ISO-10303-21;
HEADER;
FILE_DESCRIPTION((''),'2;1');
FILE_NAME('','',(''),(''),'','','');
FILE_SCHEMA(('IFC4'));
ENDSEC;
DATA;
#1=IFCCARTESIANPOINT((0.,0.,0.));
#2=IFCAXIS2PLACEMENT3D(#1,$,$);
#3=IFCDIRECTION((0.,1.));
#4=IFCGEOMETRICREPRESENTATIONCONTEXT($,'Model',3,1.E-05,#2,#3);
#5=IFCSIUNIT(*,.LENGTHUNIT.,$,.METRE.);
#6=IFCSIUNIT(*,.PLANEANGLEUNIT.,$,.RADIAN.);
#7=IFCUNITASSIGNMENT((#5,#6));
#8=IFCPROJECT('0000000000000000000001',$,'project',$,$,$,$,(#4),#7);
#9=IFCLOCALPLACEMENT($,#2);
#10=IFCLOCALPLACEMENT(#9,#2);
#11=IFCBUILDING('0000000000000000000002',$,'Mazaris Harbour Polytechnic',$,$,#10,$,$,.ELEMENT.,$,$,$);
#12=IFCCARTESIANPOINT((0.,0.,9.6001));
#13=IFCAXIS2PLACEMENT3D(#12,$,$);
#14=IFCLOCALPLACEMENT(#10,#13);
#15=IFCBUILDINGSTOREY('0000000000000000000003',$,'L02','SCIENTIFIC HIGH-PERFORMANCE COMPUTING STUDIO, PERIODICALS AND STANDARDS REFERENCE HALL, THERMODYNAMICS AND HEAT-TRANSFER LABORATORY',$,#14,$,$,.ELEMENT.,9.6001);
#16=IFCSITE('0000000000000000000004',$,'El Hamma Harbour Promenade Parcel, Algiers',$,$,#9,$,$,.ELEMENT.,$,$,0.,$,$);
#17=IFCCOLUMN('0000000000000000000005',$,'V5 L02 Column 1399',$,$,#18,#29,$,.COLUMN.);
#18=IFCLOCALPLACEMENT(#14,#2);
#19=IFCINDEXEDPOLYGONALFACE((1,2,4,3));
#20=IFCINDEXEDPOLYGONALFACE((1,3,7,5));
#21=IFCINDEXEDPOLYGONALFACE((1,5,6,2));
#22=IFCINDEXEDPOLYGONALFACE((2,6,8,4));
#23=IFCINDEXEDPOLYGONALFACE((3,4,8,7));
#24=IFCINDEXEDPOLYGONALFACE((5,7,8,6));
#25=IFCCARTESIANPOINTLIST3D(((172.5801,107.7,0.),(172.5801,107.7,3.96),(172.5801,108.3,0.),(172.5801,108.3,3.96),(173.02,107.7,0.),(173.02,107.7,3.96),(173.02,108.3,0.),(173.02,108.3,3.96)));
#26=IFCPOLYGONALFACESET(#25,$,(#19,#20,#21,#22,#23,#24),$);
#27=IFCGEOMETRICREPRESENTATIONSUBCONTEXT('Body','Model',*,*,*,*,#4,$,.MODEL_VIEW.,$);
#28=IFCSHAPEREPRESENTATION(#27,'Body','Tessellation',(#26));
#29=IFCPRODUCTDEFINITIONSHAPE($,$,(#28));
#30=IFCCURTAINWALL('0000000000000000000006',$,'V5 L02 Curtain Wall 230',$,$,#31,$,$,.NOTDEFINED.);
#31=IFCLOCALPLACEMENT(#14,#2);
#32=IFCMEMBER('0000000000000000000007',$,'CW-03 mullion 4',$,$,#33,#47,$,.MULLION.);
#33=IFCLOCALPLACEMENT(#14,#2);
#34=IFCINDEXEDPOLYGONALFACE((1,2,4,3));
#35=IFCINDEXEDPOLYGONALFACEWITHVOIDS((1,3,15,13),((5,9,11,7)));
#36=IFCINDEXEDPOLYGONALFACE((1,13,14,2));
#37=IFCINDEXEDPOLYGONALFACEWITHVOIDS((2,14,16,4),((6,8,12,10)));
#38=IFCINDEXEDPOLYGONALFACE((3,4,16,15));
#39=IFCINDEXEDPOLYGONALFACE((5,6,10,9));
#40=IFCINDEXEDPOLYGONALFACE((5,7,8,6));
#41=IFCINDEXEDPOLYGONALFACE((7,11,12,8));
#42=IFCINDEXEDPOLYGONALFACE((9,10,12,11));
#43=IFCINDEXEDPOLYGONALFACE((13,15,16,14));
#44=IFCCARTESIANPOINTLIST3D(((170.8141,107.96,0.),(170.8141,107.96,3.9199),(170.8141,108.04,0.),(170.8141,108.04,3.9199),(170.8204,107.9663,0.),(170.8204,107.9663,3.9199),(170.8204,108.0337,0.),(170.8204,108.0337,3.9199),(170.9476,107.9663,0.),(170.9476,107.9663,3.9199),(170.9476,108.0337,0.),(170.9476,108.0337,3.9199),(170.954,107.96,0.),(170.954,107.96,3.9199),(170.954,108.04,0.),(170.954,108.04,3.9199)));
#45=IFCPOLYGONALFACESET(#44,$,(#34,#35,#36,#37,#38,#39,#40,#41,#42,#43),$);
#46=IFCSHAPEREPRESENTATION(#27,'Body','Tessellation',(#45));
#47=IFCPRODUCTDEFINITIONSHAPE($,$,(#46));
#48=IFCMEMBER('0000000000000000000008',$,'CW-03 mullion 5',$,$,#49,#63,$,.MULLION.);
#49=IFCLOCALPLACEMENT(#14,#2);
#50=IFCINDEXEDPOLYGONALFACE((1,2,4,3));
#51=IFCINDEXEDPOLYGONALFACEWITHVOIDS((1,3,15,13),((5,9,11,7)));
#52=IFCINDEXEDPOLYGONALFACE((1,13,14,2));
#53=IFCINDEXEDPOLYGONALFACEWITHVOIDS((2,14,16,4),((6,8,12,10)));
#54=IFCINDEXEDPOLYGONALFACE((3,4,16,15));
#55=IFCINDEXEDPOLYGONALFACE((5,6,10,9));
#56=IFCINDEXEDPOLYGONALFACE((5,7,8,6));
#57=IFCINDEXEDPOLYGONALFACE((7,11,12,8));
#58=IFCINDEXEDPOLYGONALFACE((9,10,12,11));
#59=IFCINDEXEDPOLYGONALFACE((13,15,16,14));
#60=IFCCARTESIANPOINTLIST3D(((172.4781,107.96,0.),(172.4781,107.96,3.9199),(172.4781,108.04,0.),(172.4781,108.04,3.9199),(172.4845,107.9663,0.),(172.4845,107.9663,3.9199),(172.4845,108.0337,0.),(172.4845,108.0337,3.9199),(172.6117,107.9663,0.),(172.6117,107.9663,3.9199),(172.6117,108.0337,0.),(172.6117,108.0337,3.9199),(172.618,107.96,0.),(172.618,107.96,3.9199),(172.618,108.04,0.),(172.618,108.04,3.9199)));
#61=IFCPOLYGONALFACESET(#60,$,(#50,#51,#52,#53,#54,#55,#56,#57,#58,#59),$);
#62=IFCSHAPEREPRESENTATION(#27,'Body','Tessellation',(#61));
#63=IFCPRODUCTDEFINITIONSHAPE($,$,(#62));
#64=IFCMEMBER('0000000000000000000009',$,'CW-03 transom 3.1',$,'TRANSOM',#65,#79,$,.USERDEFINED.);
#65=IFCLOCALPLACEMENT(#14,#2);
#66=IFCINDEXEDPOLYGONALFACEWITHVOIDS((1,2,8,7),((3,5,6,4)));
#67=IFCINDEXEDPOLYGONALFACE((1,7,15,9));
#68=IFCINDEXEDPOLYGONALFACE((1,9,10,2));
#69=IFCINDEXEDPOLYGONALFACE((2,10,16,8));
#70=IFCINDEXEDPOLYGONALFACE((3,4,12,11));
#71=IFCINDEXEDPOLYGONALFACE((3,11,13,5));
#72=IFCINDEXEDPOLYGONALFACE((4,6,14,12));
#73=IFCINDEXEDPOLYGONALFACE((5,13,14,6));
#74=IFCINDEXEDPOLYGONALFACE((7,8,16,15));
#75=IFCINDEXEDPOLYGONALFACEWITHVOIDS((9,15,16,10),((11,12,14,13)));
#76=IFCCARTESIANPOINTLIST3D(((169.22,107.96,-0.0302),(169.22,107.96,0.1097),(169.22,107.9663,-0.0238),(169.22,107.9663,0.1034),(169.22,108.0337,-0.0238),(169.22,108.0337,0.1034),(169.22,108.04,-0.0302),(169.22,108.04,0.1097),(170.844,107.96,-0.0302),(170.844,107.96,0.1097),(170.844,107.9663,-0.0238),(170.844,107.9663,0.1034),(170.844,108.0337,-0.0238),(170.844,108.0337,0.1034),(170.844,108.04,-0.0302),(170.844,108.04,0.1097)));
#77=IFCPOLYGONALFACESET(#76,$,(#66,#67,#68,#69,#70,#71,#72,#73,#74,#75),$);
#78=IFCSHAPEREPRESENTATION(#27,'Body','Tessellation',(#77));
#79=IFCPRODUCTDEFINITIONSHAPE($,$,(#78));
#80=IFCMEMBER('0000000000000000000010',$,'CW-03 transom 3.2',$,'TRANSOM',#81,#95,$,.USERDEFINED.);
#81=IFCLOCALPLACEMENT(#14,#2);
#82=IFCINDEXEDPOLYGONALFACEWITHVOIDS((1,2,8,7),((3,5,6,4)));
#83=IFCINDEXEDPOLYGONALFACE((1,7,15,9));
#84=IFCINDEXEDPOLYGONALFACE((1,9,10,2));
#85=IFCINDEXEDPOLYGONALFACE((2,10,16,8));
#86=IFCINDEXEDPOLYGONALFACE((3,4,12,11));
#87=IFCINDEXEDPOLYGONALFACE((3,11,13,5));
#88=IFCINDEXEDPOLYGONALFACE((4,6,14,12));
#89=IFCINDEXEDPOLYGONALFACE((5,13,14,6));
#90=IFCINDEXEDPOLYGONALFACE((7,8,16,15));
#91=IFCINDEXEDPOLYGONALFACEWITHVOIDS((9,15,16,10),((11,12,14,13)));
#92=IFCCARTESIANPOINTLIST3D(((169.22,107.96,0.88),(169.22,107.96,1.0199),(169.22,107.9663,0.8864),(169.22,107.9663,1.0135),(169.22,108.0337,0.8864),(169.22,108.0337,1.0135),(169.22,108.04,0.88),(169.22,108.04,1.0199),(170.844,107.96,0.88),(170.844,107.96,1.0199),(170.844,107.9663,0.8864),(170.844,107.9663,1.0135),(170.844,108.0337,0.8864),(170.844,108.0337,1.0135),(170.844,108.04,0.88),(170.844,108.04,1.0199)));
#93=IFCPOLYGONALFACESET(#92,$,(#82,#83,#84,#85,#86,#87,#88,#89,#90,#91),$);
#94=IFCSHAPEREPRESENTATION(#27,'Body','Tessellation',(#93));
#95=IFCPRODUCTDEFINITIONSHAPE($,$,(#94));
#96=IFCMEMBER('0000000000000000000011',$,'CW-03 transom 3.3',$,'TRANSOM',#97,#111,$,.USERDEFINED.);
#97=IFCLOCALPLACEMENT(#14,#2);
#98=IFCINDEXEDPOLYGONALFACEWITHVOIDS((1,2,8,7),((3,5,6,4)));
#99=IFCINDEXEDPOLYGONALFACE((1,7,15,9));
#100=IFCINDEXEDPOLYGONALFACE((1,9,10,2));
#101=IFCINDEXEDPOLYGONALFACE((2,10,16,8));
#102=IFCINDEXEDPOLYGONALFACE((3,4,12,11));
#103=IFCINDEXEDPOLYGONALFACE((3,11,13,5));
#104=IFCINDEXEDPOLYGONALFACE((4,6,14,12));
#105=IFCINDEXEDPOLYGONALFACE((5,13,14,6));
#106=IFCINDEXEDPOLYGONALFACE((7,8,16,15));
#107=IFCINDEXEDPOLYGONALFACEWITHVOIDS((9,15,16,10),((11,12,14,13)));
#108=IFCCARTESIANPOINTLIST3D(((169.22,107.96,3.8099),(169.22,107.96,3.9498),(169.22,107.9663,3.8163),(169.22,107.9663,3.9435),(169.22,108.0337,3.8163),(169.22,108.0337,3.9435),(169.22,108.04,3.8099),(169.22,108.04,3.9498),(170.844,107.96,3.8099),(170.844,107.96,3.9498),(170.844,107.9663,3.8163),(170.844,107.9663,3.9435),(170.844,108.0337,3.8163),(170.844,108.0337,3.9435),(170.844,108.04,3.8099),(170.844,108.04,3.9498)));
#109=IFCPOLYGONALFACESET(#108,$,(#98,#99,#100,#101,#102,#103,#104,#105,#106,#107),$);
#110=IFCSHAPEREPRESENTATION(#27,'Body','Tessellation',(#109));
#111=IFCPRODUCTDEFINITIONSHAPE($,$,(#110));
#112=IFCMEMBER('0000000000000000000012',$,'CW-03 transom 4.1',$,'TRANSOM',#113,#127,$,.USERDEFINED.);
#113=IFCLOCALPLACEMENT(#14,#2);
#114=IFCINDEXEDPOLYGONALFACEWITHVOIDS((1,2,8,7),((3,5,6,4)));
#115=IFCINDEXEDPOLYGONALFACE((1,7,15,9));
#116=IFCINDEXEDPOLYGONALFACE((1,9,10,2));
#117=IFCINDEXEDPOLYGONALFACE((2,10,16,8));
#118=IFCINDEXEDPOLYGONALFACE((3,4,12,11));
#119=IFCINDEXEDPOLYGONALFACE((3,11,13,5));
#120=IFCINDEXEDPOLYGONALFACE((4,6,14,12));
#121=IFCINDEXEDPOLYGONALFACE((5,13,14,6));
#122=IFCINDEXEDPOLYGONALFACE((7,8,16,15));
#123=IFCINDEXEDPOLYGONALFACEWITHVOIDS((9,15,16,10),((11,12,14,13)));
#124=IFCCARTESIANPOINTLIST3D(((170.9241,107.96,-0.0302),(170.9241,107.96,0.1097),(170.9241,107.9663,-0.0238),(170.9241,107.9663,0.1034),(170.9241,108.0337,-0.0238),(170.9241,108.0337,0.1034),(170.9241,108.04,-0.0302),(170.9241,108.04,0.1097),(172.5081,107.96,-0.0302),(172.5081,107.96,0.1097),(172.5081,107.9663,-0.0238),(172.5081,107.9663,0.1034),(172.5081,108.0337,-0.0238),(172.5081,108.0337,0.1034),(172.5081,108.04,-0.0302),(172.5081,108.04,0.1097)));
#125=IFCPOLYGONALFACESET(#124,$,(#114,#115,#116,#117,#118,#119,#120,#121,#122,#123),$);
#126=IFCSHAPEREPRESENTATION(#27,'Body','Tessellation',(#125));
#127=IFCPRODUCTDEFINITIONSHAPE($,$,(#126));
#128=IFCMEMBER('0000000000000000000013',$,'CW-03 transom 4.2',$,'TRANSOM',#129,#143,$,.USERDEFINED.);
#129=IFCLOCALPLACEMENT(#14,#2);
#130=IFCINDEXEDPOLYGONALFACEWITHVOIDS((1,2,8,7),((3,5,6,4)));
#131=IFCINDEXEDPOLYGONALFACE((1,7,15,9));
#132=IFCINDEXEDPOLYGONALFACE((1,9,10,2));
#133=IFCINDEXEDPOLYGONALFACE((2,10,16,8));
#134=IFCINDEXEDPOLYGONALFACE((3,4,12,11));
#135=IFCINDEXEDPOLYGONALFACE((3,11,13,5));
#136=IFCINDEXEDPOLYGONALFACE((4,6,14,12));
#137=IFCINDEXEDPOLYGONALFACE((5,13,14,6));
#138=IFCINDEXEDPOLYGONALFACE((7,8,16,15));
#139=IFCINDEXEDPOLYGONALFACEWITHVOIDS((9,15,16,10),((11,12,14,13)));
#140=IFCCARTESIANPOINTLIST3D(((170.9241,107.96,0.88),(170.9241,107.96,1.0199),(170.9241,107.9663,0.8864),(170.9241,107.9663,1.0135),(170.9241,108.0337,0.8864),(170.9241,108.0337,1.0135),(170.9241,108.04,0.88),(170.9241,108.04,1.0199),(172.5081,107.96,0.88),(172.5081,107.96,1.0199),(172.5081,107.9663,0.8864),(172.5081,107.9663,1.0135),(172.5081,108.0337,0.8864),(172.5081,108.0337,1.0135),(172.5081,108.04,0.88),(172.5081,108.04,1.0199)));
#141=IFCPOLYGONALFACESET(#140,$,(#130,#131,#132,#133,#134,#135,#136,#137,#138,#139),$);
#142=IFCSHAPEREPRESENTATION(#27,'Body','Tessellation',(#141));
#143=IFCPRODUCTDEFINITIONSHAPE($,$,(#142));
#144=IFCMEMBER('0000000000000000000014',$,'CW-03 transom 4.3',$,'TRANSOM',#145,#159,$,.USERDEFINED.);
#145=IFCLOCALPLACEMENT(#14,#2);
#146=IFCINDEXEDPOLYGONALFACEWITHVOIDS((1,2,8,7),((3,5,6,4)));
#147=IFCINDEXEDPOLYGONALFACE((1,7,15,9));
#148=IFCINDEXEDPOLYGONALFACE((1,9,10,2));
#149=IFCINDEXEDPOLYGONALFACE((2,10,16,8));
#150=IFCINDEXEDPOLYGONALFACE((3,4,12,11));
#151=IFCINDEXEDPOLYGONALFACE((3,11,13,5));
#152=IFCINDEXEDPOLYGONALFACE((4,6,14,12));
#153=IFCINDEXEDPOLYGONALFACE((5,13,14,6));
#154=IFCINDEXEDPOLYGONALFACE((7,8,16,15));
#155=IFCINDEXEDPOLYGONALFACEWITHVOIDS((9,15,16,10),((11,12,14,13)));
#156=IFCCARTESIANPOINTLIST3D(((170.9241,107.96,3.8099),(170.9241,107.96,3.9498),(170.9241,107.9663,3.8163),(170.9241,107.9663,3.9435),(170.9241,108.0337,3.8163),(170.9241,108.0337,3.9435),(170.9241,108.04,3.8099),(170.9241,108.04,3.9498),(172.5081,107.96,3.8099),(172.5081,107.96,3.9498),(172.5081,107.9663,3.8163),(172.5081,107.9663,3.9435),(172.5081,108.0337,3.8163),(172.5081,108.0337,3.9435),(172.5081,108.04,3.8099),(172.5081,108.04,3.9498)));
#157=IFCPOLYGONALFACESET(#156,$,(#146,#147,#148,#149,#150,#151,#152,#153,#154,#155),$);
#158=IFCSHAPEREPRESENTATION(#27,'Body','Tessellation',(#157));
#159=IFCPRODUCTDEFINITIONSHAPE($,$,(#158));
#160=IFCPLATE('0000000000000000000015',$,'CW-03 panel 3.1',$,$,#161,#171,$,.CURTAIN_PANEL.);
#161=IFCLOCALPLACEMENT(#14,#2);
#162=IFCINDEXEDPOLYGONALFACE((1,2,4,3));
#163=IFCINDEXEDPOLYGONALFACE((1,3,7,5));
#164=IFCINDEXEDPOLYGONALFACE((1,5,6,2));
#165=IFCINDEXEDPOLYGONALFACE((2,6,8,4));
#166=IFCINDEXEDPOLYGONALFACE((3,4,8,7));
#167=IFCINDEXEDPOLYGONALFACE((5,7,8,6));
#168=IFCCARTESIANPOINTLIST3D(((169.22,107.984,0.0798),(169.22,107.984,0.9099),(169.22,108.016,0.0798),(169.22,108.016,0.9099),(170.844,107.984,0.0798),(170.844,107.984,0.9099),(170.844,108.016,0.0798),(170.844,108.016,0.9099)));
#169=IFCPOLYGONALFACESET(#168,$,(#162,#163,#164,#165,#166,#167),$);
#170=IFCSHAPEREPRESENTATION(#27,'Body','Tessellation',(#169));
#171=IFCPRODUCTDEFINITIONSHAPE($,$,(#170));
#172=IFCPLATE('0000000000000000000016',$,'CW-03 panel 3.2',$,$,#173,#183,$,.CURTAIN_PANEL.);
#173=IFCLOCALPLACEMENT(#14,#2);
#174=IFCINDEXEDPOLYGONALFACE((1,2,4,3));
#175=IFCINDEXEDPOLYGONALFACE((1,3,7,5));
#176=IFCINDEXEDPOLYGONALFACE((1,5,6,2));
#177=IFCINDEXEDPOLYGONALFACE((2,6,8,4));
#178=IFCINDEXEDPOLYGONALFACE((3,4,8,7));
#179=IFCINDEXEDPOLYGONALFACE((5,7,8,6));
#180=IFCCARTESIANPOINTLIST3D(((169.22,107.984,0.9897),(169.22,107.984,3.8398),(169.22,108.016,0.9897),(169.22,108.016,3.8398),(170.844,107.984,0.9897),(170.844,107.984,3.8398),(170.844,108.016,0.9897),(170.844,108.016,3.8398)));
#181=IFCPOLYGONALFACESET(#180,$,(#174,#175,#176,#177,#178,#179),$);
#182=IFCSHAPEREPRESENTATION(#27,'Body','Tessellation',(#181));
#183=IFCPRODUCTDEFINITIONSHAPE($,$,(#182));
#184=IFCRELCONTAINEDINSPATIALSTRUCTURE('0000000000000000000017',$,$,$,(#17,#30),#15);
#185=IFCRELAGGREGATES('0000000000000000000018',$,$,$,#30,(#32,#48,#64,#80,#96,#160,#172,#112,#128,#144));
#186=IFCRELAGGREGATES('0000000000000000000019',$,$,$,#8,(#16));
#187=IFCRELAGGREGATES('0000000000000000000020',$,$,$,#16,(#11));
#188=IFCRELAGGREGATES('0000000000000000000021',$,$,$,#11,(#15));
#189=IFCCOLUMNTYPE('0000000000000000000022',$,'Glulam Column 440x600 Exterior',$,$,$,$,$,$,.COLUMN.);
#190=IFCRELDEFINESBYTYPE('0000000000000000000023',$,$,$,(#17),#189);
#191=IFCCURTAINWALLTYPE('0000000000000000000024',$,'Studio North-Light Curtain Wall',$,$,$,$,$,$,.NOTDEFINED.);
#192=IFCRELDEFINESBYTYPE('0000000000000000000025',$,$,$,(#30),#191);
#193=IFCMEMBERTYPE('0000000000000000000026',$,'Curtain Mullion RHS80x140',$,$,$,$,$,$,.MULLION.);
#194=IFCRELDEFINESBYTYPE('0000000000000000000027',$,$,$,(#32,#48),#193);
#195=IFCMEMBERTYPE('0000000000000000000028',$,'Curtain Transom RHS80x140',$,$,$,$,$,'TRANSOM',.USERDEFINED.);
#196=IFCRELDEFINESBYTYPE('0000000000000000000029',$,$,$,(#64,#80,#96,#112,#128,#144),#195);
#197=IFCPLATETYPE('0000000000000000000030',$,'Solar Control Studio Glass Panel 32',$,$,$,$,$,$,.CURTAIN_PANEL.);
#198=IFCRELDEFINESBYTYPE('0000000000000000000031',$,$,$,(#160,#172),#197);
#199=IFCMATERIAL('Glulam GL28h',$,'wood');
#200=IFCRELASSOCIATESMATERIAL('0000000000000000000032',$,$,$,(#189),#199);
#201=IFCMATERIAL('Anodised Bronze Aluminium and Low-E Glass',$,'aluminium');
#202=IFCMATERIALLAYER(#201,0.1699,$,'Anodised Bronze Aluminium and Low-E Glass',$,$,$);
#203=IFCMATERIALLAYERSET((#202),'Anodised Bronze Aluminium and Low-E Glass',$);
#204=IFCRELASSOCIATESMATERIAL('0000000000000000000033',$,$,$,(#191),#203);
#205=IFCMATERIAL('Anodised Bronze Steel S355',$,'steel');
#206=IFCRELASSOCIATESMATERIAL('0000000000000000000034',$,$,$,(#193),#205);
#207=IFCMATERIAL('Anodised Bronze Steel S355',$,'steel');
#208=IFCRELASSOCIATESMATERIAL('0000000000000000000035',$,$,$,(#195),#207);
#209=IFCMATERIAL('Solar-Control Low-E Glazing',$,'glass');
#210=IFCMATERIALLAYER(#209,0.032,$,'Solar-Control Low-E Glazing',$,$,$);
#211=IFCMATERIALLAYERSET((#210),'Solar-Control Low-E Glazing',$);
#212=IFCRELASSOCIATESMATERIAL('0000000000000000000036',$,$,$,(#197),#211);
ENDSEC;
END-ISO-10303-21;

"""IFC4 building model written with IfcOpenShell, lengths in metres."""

from ifc_helpers import new_model, si_unit, direction, frame, origin, origin_2d, place, context, subcontext, project, spatial, rectangle, hollow_rectangle, extrude, material, layer, layer_set, material_profile, profile_set, type_object, element, aggregate, save


model = new_model("IFC4")

# Units and contexts
model_context = context("Model", 3, precision=1e-05, world=origin(), true_north=direction((0.0, 1.0)))
body_context = subcontext(model_context, "Body", "Model", "MODEL_VIEW")
ifc_project = project(units=[si_unit("LENGTHUNIT", "METRE"), si_unit("PLANEANGLEUNIT", "RADIAN")], contexts=[model_context])

# Site, building, storey
site_placement = place(None, origin())
site = spatial("IfcSite", under=ifc_project, at=site_placement, Name="El Hamma Harbour Promenade Parcel, Algiers", CompositionType="ELEMENT", RefElevation=0.0)
building_placement = place(site_placement, origin())
building = spatial("IfcBuilding", under=site, at=building_placement, Name="Mazaris Harbour Polytechnic", CompositionType="ELEMENT")
storey_placement = place(building_placement, frame((0.0, 0.0, 9.6001)))
storey = spatial("IfcBuildingStorey", under=building, at=storey_placement, Name="L02", Description="SCIENTIFIC HIGH-PERFORMANCE COMPUTING STUDIO, PERIODICALS AND STANDARDS REFERENCE HALL, THERMODYNAMICS AND HEAT-TRANSFER LABORATORY", CompositionType="ELEMENT", Elevation=9.6001)

# Column
ifc_material_1 = material(Name="Glulam GL28h", Category="wood")
ifc_material_profile_1 = material_profile(ifc_material_1, rectangle(XDim=0.4399, YDim=0.6001, at=origin_2d()), Name="RECT440x600")
ifc_profile_set_1 = profile_set([ifc_material_profile_1], Name="Glulam GL28h")
column_type = type_object("IfcColumnType", Name="Glulam Column 440x600 Exterior", PredefinedType="COLUMN", material=ifc_profile_set_1)
column_placement = place(storey_placement, frame((172.8, 108.0, 0.0), z_axis=(0.0, 0.0, 1.0), x_axis=(1.0, 0.0, 0.0)))
element("IfcColumn", 1, at=column_placement, inside=storey, type_object=column_type, Name="V5 L02 Column 1399", PredefinedType="COLUMN", context=body_context, shape_type="SweptSolid", body=[
    extrude(rectangle(XDim=0.4399, YDim=0.6001, at=origin_2d()), origin(), (0.0, 0.0, 1.0), 3.96),
])

# Curtain wall, members, plates
ifc_material_2 = material(Name="Anodised Bronze Aluminium and Low-E Glass", Category="aluminium")
ifc_layer_1 = layer(ifc_material_2, 0.1699, Name="Anodised Bronze Aluminium and Low-E Glass")
ifc_layer_set_1 = layer_set([ifc_layer_1], Name="Anodised Bronze Aluminium and Low-E Glass")
curtain_wall_type = type_object("IfcCurtainWallType", Name="Studio North-Light Curtain Wall", PredefinedType="NOTDEFINED", material=ifc_layer_set_1)
curtain_wall_placement = place(storey_placement, origin())
curtain_wall = element("IfcCurtainWall", 2, at=curtain_wall_placement, inside=storey, type_object=curtain_wall_type, Name="V5 L02 Curtain Wall 230", PredefinedType="NOTDEFINED")
ifc_material_3 = material(Name="Anodised Bronze Steel S355", Category="steel")
ifc_material_profile_2 = material_profile(ifc_material_3, hollow_rectangle(XDim=0.0801, YDim=0.1399, WallThickness=0.0063, at=origin_2d()), Name="RHS 80x140x6.3")
ifc_profile_set_2 = profile_set([ifc_material_profile_2], Name="Anodised Bronze Steel S355")
member_type_1 = type_object("IfcMemberType", Name="Curtain Mullion RHS80x140", PredefinedType="MULLION", material=ifc_profile_set_2)
member_1_placement = place(storey_placement, frame((170.884, 108.0, 0.0), z_axis=(0.0, 0.0, 1.0), x_axis=(0.0, 1.0, 0.0)))
member_1 = element("IfcMember", 3, at=member_1_placement, type_object=member_type_1, Name="CW-03 mullion 4", PredefinedType="MULLION", context=body_context, shape_type="SweptSolid", body=[
    extrude(hollow_rectangle(XDim=0.0801, YDim=0.1399, WallThickness=0.0063, at=origin_2d()), origin(), (0.0, 0.0, 1.0), 3.9199),
])
member_2_placement = place(storey_placement, frame((172.5481, 108.0, 0.0), z_axis=(0.0, 0.0, 1.0), x_axis=(0.0, 1.0, 0.0)))
member_2 = element("IfcMember", 4, at=member_2_placement, type_object=member_type_1, Name="CW-03 mullion 5", PredefinedType="MULLION", context=body_context, shape_type="SweptSolid", body=[
    extrude(hollow_rectangle(XDim=0.0801, YDim=0.1399, WallThickness=0.0063, at=origin_2d()), origin(), (0.0, 0.0, 1.0), 3.9199),
])
ifc_material_4 = material(Name="Anodised Bronze Steel S355", Category="steel")
ifc_material_profile_3 = material_profile(ifc_material_4, hollow_rectangle(XDim=0.0801, YDim=0.1399, WallThickness=0.0063, at=origin_2d()), Name="RHS 80x140x6.3")
ifc_profile_set_3 = profile_set([ifc_material_profile_3], Name="Anodised Bronze Steel S355")
member_type_2 = type_object("IfcMemberType", Name="Curtain Transom RHS80x140", ElementType="TRANSOM", PredefinedType="USERDEFINED", material=ifc_profile_set_3)
member_3_placement = place(storey_placement, frame((169.22, 108.0, 0.0398), z_axis=(1.0, 0.0, 0.0), x_axis=(0.0, 1.0, 0.0)))
member_3 = element("IfcMember", 5, at=member_3_placement, type_object=member_type_2, Name="CW-03 transom 3.1", ObjectType="TRANSOM", PredefinedType="USERDEFINED", context=body_context, shape_type="SweptSolid", body=[
    extrude(hollow_rectangle(XDim=0.0801, YDim=0.1399, WallThickness=0.0063, at=origin_2d()), origin(), (0.0, 0.0, 1.0), 1.624),
])
member_4_placement = place(storey_placement, frame((169.22, 108.0, 0.95), z_axis=(1.0, 0.0, 0.0), x_axis=(0.0, 1.0, 0.0)))
member_4 = element("IfcMember", 6, at=member_4_placement, type_object=member_type_2, Name="CW-03 transom 3.2", ObjectType="TRANSOM", PredefinedType="USERDEFINED", context=body_context, shape_type="SweptSolid", body=[
    extrude(hollow_rectangle(XDim=0.0801, YDim=0.1399, WallThickness=0.0063, at=origin_2d()), origin(), (0.0, 0.0, 1.0), 1.624),
])
member_5_placement = place(storey_placement, frame((169.22, 108.0, 3.8799), z_axis=(1.0, 0.0, 0.0), x_axis=(0.0, 1.0, 0.0)))
member_5 = element("IfcMember", 7, at=member_5_placement, type_object=member_type_2, Name="CW-03 transom 3.3", ObjectType="TRANSOM", PredefinedType="USERDEFINED", context=body_context, shape_type="SweptSolid", body=[
    extrude(hollow_rectangle(XDim=0.0801, YDim=0.1399, WallThickness=0.0063, at=origin_2d()), origin(), (0.0, 0.0, 1.0), 1.624),
])
member_6_placement = place(storey_placement, frame((170.9241, 108.0, 0.0398), z_axis=(1.0, 0.0, 0.0), x_axis=(0.0, 1.0, 0.0)))
member_6 = element("IfcMember", 8, at=member_6_placement, type_object=member_type_2, Name="CW-03 transom 4.1", ObjectType="TRANSOM", PredefinedType="USERDEFINED", context=body_context, shape_type="SweptSolid", body=[
    extrude(hollow_rectangle(XDim=0.0801, YDim=0.1399, WallThickness=0.0063, at=origin_2d()), origin(), (0.0, 0.0, 1.0), 1.584),
])
member_7_placement = place(storey_placement, frame((170.9241, 108.0, 0.95), z_axis=(1.0, 0.0, 0.0), x_axis=(0.0, 1.0, 0.0)))
member_7 = element("IfcMember", 9, at=member_7_placement, type_object=member_type_2, Name="CW-03 transom 4.2", ObjectType="TRANSOM", PredefinedType="USERDEFINED", context=body_context, shape_type="SweptSolid", body=[
    extrude(hollow_rectangle(XDim=0.0801, YDim=0.1399, WallThickness=0.0063, at=origin_2d()), origin(), (0.0, 0.0, 1.0), 1.584),
])
member_8_placement = place(storey_placement, frame((170.9241, 108.0, 3.8799), z_axis=(1.0, 0.0, 0.0), x_axis=(0.0, 1.0, 0.0)))
member_8 = element("IfcMember", 10, at=member_8_placement, type_object=member_type_2, Name="CW-03 transom 4.3", ObjectType="TRANSOM", PredefinedType="USERDEFINED", context=body_context, shape_type="SweptSolid", body=[
    extrude(hollow_rectangle(XDim=0.0801, YDim=0.1399, WallThickness=0.0063, at=origin_2d()), origin(), (0.0, 0.0, 1.0), 1.584),
])
ifc_material_5 = material(Name="Solar-Control Low-E Glazing", Category="glass")
ifc_layer_2 = layer(ifc_material_5, 0.032, Name="Solar-Control Low-E Glazing")
ifc_layer_set_2 = layer_set([ifc_layer_2], Name="Solar-Control Low-E Glazing")
plate_type = type_object("IfcPlateType", Name="Solar Control Studio Glass Panel 32", PredefinedType="CURTAIN_PANEL", material=ifc_layer_set_2)
plate_1_placement = place(storey_placement, frame((170.032, 108.0, 0.0798), z_axis=(0.0, 0.0, 1.0), x_axis=(1.0, 0.0, 0.0)))
plate_1 = element("IfcPlate", 11, at=plate_1_placement, type_object=plate_type, Name="CW-03 panel 3.1", PredefinedType="CURTAIN_PANEL", context=body_context, shape_type="SweptSolid", body=[
    extrude(rectangle(XDim=1.624, YDim=0.032, at=origin_2d()), origin(), (0.0, 0.0, 1.0), 0.8301),
])
plate_2_placement = place(storey_placement, frame((170.032, 108.0, 0.9897), z_axis=(0.0, 0.0, 1.0), x_axis=(1.0, 0.0, 0.0)))
plate_2 = element("IfcPlate", 12, at=plate_2_placement, type_object=plate_type, Name="CW-03 panel 3.2", PredefinedType="CURTAIN_PANEL", context=body_context, shape_type="SweptSolid", body=[
    extrude(rectangle(XDim=1.624, YDim=0.032, at=origin_2d()), origin(), (0.0, 0.0, 1.0), 2.8501),
])
aggregate(curtain_wall, [member_1, member_2, member_3, member_4, member_5, plate_1, plate_2, member_6, member_7, member_8])

save(model, "model.ifc")
